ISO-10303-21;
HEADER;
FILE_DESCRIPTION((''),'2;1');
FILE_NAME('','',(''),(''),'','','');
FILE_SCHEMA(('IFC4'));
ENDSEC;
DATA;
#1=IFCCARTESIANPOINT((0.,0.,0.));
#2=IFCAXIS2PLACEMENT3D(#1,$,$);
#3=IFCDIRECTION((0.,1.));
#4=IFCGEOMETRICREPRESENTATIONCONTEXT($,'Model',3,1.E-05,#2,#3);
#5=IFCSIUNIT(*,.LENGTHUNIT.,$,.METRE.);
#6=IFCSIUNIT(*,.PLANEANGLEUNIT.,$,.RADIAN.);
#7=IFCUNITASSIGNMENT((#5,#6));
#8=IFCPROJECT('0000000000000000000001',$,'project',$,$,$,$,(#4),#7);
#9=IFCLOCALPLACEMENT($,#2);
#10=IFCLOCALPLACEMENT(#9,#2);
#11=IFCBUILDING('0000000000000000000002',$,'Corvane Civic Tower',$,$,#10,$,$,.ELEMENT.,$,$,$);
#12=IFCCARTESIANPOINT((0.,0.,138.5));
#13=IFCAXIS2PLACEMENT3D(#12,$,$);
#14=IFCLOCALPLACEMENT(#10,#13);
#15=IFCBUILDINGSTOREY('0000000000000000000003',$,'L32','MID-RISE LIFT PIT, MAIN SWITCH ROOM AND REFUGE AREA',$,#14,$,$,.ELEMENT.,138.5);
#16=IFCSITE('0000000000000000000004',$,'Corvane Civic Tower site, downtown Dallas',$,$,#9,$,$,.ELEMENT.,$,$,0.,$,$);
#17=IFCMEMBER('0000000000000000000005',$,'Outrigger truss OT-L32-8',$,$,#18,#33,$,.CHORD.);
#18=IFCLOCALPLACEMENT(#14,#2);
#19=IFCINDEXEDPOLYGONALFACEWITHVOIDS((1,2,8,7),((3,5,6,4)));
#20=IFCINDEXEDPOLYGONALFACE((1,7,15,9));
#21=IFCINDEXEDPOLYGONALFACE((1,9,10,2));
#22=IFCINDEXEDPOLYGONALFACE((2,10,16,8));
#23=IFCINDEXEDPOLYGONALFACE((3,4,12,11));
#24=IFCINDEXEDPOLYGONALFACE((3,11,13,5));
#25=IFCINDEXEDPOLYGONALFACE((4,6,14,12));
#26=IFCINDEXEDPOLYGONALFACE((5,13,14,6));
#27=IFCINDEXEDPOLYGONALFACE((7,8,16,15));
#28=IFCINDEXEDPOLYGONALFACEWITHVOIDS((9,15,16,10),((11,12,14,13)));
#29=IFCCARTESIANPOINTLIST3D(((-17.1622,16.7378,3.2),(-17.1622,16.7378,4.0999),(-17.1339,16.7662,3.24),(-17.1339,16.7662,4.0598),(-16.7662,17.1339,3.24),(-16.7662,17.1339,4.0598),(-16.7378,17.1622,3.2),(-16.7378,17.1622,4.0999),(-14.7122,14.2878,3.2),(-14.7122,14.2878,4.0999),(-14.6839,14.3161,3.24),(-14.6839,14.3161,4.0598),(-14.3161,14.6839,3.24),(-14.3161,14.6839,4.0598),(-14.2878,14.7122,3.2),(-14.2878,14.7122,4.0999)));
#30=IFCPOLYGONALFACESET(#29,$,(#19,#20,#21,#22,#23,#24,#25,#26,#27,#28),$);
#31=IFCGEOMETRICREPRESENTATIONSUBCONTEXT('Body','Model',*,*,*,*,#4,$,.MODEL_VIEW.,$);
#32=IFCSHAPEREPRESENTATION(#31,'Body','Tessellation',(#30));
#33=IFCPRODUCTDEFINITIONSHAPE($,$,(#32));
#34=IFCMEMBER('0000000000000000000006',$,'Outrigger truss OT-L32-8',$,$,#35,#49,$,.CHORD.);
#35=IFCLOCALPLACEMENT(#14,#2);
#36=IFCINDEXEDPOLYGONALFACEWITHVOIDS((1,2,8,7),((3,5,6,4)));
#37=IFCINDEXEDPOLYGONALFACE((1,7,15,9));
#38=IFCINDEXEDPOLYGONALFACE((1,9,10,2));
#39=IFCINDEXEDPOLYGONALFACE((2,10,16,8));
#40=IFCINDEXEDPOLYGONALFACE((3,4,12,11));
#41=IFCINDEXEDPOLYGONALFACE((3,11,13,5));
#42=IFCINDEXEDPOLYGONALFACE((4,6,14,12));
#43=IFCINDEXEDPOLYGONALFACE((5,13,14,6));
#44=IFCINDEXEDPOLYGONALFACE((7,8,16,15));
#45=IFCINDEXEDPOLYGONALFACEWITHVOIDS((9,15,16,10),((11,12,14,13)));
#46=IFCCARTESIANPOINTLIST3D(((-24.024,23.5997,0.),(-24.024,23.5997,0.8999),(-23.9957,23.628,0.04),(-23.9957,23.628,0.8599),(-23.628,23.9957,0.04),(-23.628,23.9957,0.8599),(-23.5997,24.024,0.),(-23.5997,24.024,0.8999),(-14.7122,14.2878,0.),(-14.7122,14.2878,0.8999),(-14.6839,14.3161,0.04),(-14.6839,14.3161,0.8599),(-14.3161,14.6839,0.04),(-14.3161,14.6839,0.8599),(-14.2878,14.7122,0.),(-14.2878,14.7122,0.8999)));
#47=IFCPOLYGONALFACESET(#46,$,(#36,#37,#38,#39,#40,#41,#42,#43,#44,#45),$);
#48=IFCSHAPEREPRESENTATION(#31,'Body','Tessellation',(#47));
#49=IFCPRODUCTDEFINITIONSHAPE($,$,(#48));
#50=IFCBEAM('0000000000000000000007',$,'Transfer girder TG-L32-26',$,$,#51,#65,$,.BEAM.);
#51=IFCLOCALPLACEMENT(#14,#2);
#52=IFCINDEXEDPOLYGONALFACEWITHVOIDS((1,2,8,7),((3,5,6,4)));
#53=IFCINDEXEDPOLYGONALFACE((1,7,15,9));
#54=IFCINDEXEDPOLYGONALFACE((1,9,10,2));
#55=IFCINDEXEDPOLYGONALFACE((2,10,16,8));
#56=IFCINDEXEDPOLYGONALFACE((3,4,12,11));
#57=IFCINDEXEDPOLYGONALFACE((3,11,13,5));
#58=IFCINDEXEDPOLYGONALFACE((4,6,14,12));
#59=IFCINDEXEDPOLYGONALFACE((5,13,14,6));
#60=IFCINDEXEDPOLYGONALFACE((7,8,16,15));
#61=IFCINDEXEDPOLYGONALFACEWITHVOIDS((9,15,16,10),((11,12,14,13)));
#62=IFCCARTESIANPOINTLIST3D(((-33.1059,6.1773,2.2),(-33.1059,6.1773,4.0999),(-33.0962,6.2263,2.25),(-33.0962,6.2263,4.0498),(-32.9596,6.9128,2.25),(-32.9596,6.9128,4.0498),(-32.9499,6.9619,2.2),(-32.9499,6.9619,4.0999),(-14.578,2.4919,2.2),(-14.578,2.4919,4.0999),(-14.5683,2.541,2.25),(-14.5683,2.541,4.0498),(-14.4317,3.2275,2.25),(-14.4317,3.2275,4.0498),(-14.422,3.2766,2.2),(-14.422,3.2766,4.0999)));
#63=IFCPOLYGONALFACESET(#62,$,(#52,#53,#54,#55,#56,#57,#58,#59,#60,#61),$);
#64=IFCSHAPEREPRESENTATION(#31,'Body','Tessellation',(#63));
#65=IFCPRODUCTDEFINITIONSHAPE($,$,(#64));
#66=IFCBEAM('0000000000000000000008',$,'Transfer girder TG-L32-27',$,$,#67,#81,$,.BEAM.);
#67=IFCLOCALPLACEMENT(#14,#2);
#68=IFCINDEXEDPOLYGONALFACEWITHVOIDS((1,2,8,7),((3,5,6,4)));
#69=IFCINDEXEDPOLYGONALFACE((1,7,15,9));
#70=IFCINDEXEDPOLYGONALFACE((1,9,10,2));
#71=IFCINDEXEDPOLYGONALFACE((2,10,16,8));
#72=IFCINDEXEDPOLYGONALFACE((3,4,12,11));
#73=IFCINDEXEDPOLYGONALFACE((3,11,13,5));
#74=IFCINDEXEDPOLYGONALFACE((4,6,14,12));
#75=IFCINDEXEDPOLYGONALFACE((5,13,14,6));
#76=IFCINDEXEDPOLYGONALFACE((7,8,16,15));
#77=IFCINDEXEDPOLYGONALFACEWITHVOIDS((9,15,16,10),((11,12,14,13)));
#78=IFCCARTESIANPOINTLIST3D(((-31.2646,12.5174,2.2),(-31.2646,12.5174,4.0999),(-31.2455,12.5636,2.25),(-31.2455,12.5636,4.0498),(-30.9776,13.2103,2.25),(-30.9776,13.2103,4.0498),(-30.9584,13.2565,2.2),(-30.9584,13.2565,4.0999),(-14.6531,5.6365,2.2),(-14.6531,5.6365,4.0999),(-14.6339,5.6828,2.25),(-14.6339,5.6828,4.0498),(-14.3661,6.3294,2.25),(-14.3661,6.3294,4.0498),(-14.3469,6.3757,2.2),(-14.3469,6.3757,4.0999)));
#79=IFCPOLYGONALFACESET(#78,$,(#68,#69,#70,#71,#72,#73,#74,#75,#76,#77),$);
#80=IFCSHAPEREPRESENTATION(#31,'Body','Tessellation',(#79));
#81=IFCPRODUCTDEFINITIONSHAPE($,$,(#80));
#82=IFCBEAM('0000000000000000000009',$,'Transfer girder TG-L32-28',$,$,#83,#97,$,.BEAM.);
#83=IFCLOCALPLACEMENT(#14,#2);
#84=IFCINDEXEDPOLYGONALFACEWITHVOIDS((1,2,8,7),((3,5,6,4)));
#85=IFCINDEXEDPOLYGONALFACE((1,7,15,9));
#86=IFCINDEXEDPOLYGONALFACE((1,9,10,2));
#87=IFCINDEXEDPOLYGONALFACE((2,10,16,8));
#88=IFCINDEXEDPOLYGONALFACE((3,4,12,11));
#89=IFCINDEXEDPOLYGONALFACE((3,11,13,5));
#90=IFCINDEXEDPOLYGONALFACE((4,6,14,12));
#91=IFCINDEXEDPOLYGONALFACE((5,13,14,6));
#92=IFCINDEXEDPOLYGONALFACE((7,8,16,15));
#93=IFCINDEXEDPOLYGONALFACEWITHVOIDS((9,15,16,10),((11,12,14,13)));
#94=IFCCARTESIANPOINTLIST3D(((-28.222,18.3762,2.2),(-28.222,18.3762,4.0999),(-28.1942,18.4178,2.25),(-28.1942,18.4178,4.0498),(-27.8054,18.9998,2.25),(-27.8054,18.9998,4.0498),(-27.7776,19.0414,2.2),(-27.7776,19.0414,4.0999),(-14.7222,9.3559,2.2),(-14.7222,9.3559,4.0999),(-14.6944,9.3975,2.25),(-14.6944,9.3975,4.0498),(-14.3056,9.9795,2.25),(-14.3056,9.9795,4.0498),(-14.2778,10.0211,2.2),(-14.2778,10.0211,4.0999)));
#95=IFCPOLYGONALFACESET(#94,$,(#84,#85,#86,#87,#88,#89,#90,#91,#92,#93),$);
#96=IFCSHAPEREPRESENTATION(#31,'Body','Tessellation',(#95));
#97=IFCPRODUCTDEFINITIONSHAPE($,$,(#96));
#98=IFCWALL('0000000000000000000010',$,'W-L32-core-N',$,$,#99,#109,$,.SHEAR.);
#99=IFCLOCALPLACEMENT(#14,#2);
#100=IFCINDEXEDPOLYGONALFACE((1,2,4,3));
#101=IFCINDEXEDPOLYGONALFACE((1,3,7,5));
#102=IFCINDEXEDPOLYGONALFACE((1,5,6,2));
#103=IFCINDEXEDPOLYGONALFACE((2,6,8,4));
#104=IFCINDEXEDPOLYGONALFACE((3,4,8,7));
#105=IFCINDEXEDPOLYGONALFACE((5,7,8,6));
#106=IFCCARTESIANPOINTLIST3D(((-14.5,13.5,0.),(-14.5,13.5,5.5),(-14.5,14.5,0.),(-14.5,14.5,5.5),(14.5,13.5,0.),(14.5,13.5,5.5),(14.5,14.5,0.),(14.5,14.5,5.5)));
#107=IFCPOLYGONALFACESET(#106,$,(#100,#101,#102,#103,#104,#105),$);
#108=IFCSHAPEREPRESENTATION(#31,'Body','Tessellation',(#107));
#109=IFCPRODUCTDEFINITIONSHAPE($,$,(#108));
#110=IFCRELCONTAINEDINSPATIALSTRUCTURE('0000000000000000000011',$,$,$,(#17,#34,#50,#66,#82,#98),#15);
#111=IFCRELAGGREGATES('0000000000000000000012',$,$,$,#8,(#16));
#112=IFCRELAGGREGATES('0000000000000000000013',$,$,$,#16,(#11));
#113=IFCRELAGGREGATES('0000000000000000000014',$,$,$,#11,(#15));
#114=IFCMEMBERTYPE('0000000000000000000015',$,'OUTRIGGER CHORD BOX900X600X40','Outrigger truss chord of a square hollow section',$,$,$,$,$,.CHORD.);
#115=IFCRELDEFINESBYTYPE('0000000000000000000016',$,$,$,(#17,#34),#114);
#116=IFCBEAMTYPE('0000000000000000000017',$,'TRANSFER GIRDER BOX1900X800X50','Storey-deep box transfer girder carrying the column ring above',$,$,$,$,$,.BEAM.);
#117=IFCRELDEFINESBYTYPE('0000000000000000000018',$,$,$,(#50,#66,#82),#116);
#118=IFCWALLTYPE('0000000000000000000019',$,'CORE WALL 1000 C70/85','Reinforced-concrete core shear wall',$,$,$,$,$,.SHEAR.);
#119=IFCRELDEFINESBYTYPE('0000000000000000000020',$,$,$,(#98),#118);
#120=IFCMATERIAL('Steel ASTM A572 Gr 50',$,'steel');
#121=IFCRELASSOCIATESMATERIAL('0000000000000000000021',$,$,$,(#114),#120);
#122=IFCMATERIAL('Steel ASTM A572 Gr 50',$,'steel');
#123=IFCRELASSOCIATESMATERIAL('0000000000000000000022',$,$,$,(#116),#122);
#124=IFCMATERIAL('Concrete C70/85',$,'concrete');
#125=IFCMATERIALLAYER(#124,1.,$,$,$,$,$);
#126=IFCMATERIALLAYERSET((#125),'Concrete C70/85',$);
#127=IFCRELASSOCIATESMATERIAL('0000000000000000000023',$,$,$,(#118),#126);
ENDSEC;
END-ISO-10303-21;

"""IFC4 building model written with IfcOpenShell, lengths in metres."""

from ifc_helpers import new_model, si_unit, direction, frame, frame_2d, origin, origin_2d, place, context, subcontext, project, spatial, rectangle, hollow_rectangle, extrude, material, layer, layer_set, material_profile, profile_set, type_object, element, save


model = new_model("IFC4")

# Units and contexts
model_context = context("Model", 3, precision=1e-05, world=origin(), true_north=direction((0.0, 1.0)))
body_context = subcontext(model_context, "Body", "Model", "MODEL_VIEW")
ifc_project = project(units=[si_unit("LENGTHUNIT", "METRE"), si_unit("PLANEANGLEUNIT", "RADIAN")], contexts=[model_context])

# Site, building, storey
site_placement = place(None, origin())
site = spatial("IfcSite", under=ifc_project, at=site_placement, Name="Corvane Civic Tower site, downtown Dallas", CompositionType="ELEMENT", RefElevation=0.0)
building_placement = place(site_placement, origin())
building = spatial("IfcBuilding", under=site, at=building_placement, Name="Corvane Civic Tower", CompositionType="ELEMENT")
storey_placement = place(building_placement, frame((0.0, 0.0, 138.5)))
storey = spatial("IfcBuildingStorey", under=building, at=storey_placement, Name="L32", Description="MID-RISE LIFT PIT, MAIN SWITCH ROOM AND REFUGE AREA", CompositionType="ELEMENT", Elevation=138.5)

# Members
ifc_material_1 = material(Name="Steel ASTM A572 Gr 50", Category="steel")
ifc_material_profile_1 = material_profile(ifc_material_1, hollow_rectangle(XDim=0.6001, YDim=0.8999, WallThickness=0.04, at=origin_2d()), Name="BOX900X600X40")
ifc_profile_set_1 = profile_set([ifc_material_profile_1], Name="Steel ASTM A572 Gr 50")
member_type = type_object("IfcMemberType", Name="OUTRIGGER CHORD BOX900X600X40", Description="Outrigger truss chord of a square hollow section", PredefinedType="CHORD", material=ifc_profile_set_1)
member_1_placement = place(storey_placement, frame((-14.5, 14.5, 3.6499), z_axis=(-0.707107, 0.707107, 0.0), x_axis=(-0.707107, -0.707107, 0.0)))
element("IfcMember", 1, at=member_1_placement, inside=storey, type_object=member_type, Name="Outrigger truss OT-L32-8", PredefinedType="CHORD", context=body_context, shape_type="SweptSolid", body=[
    extrude(hollow_rectangle(XDim=0.6001, YDim=0.8999, WallThickness=0.04, at=origin_2d()), origin(), (0.0, 0.0, 1.0), 3.4648),
])
member_2_placement = place(storey_placement, frame((-14.5, 14.5, 0.45), z_axis=(-0.707107, 0.707107, 0.0), x_axis=(-0.707107, -0.707107, 0.0)))
element("IfcMember", 2, at=member_2_placement, inside=storey, type_object=member_type, Name="Outrigger truss OT-L32-8", PredefinedType="CHORD", context=body_context, shape_type="SweptSolid", body=[
    extrude(hollow_rectangle(XDim=0.6001, YDim=0.8999, WallThickness=0.04, at=origin_2d()), origin(), (0.0, 0.0, 1.0), 13.1689),
])

# Beams
ifc_material_2 = material(Name="Steel ASTM A572 Gr 50", Category="steel")
ifc_material_profile_2 = material_profile(ifc_material_2, hollow_rectangle(XDim=0.8, YDim=1.8999, WallThickness=0.05, at=origin_2d()), Name="BOX1900X800X50")
ifc_profile_set_2 = profile_set([ifc_material_profile_2], Name="Steel ASTM A572 Gr 50")
beam_type_1 = type_object("IfcBeamType", Name="TRANSFER GIRDER BOX1900X800X50", Description="Storey-deep box transfer girder carrying the column ring above", PredefinedType="BEAM", material=ifc_profile_set_2)
beam_1_placement = place(storey_placement, frame((-14.5, 2.8843, 3.1499), z_axis=(-0.980786, 0.195085, 0.0), x_axis=(-0.195085, -0.980786, 0.0)))
element("IfcBeam", 3, at=beam_1_placement, inside=storey, type_object=beam_type_1, Name="Transfer girder TG-L32-26", PredefinedType="BEAM", context=body_context, shape_type="SweptSolid", body=[
    extrude(hollow_rectangle(XDim=0.8, YDim=1.8999, WallThickness=0.05, at=origin_2d()), origin(), (0.0, 0.0, 1.0), 18.8909),
])
beam_2_placement = place(storey_placement, frame((-14.5, 6.0061, 3.1499), z_axis=(-0.923877, 0.382689, 0.0), x_axis=(-0.382689, -0.923877, 0.0)))
element("IfcBeam", 4, at=beam_2_placement, inside=storey, type_object=beam_type_1, Name="Transfer girder TG-L32-27", PredefinedType="BEAM", context=body_context, shape_type="SweptSolid", body=[
    extrude(hollow_rectangle(XDim=0.8, YDim=1.8999, WallThickness=0.05, at=origin_2d()), origin(), (0.0, 0.0, 1.0), 17.9802),
])
beam_3_placement = place(storey_placement, frame((-14.5, 9.6885, 3.1499), z_axis=(-0.831469, 0.555571, 0.0), x_axis=(-0.555571, -0.831469, 0.0)))
element("IfcBeam", 5, at=beam_3_placement, inside=storey, type_object=beam_type_1, Name="Transfer girder TG-L32-28", PredefinedType="BEAM", context=body_context, shape_type="SweptSolid", body=[
    extrude(hollow_rectangle(XDim=0.8, YDim=1.8999, WallThickness=0.05, at=origin_2d()), origin(), (0.0, 0.0, 1.0), 16.2361),
])

# Wall
ifc_material_3 = material(Name="Concrete C70/85", Category="concrete")
ifc_layer = layer(ifc_material_3, 1.0)
ifc_layer_set = layer_set([ifc_layer], Name="Concrete C70/85")
wall_type = type_object("IfcWallType", Name="CORE WALL 1000 C70/85", Description="Reinforced-concrete core shear wall", PredefinedType="SHEAR", material=ifc_layer_set)
wall_placement = place(storey_placement, frame((-14.5, 14.0, 0.0), z_axis=(0.0, 0.0, 1.0), x_axis=(1.0, 0.0, 0.0)))
element("IfcWall", 6, at=wall_placement, inside=storey, type_object=wall_type, Name="W-L32-core-N", PredefinedType="SHEAR", context=body_context, shape_type="SweptSolid", body=[
    extrude(rectangle(XDim=29.0, YDim=1.0, at=frame_2d((14.5, 0.0))), origin(), (0.0, 0.0, 1.0), 5.5),
])

save(model, "model.ifc")
